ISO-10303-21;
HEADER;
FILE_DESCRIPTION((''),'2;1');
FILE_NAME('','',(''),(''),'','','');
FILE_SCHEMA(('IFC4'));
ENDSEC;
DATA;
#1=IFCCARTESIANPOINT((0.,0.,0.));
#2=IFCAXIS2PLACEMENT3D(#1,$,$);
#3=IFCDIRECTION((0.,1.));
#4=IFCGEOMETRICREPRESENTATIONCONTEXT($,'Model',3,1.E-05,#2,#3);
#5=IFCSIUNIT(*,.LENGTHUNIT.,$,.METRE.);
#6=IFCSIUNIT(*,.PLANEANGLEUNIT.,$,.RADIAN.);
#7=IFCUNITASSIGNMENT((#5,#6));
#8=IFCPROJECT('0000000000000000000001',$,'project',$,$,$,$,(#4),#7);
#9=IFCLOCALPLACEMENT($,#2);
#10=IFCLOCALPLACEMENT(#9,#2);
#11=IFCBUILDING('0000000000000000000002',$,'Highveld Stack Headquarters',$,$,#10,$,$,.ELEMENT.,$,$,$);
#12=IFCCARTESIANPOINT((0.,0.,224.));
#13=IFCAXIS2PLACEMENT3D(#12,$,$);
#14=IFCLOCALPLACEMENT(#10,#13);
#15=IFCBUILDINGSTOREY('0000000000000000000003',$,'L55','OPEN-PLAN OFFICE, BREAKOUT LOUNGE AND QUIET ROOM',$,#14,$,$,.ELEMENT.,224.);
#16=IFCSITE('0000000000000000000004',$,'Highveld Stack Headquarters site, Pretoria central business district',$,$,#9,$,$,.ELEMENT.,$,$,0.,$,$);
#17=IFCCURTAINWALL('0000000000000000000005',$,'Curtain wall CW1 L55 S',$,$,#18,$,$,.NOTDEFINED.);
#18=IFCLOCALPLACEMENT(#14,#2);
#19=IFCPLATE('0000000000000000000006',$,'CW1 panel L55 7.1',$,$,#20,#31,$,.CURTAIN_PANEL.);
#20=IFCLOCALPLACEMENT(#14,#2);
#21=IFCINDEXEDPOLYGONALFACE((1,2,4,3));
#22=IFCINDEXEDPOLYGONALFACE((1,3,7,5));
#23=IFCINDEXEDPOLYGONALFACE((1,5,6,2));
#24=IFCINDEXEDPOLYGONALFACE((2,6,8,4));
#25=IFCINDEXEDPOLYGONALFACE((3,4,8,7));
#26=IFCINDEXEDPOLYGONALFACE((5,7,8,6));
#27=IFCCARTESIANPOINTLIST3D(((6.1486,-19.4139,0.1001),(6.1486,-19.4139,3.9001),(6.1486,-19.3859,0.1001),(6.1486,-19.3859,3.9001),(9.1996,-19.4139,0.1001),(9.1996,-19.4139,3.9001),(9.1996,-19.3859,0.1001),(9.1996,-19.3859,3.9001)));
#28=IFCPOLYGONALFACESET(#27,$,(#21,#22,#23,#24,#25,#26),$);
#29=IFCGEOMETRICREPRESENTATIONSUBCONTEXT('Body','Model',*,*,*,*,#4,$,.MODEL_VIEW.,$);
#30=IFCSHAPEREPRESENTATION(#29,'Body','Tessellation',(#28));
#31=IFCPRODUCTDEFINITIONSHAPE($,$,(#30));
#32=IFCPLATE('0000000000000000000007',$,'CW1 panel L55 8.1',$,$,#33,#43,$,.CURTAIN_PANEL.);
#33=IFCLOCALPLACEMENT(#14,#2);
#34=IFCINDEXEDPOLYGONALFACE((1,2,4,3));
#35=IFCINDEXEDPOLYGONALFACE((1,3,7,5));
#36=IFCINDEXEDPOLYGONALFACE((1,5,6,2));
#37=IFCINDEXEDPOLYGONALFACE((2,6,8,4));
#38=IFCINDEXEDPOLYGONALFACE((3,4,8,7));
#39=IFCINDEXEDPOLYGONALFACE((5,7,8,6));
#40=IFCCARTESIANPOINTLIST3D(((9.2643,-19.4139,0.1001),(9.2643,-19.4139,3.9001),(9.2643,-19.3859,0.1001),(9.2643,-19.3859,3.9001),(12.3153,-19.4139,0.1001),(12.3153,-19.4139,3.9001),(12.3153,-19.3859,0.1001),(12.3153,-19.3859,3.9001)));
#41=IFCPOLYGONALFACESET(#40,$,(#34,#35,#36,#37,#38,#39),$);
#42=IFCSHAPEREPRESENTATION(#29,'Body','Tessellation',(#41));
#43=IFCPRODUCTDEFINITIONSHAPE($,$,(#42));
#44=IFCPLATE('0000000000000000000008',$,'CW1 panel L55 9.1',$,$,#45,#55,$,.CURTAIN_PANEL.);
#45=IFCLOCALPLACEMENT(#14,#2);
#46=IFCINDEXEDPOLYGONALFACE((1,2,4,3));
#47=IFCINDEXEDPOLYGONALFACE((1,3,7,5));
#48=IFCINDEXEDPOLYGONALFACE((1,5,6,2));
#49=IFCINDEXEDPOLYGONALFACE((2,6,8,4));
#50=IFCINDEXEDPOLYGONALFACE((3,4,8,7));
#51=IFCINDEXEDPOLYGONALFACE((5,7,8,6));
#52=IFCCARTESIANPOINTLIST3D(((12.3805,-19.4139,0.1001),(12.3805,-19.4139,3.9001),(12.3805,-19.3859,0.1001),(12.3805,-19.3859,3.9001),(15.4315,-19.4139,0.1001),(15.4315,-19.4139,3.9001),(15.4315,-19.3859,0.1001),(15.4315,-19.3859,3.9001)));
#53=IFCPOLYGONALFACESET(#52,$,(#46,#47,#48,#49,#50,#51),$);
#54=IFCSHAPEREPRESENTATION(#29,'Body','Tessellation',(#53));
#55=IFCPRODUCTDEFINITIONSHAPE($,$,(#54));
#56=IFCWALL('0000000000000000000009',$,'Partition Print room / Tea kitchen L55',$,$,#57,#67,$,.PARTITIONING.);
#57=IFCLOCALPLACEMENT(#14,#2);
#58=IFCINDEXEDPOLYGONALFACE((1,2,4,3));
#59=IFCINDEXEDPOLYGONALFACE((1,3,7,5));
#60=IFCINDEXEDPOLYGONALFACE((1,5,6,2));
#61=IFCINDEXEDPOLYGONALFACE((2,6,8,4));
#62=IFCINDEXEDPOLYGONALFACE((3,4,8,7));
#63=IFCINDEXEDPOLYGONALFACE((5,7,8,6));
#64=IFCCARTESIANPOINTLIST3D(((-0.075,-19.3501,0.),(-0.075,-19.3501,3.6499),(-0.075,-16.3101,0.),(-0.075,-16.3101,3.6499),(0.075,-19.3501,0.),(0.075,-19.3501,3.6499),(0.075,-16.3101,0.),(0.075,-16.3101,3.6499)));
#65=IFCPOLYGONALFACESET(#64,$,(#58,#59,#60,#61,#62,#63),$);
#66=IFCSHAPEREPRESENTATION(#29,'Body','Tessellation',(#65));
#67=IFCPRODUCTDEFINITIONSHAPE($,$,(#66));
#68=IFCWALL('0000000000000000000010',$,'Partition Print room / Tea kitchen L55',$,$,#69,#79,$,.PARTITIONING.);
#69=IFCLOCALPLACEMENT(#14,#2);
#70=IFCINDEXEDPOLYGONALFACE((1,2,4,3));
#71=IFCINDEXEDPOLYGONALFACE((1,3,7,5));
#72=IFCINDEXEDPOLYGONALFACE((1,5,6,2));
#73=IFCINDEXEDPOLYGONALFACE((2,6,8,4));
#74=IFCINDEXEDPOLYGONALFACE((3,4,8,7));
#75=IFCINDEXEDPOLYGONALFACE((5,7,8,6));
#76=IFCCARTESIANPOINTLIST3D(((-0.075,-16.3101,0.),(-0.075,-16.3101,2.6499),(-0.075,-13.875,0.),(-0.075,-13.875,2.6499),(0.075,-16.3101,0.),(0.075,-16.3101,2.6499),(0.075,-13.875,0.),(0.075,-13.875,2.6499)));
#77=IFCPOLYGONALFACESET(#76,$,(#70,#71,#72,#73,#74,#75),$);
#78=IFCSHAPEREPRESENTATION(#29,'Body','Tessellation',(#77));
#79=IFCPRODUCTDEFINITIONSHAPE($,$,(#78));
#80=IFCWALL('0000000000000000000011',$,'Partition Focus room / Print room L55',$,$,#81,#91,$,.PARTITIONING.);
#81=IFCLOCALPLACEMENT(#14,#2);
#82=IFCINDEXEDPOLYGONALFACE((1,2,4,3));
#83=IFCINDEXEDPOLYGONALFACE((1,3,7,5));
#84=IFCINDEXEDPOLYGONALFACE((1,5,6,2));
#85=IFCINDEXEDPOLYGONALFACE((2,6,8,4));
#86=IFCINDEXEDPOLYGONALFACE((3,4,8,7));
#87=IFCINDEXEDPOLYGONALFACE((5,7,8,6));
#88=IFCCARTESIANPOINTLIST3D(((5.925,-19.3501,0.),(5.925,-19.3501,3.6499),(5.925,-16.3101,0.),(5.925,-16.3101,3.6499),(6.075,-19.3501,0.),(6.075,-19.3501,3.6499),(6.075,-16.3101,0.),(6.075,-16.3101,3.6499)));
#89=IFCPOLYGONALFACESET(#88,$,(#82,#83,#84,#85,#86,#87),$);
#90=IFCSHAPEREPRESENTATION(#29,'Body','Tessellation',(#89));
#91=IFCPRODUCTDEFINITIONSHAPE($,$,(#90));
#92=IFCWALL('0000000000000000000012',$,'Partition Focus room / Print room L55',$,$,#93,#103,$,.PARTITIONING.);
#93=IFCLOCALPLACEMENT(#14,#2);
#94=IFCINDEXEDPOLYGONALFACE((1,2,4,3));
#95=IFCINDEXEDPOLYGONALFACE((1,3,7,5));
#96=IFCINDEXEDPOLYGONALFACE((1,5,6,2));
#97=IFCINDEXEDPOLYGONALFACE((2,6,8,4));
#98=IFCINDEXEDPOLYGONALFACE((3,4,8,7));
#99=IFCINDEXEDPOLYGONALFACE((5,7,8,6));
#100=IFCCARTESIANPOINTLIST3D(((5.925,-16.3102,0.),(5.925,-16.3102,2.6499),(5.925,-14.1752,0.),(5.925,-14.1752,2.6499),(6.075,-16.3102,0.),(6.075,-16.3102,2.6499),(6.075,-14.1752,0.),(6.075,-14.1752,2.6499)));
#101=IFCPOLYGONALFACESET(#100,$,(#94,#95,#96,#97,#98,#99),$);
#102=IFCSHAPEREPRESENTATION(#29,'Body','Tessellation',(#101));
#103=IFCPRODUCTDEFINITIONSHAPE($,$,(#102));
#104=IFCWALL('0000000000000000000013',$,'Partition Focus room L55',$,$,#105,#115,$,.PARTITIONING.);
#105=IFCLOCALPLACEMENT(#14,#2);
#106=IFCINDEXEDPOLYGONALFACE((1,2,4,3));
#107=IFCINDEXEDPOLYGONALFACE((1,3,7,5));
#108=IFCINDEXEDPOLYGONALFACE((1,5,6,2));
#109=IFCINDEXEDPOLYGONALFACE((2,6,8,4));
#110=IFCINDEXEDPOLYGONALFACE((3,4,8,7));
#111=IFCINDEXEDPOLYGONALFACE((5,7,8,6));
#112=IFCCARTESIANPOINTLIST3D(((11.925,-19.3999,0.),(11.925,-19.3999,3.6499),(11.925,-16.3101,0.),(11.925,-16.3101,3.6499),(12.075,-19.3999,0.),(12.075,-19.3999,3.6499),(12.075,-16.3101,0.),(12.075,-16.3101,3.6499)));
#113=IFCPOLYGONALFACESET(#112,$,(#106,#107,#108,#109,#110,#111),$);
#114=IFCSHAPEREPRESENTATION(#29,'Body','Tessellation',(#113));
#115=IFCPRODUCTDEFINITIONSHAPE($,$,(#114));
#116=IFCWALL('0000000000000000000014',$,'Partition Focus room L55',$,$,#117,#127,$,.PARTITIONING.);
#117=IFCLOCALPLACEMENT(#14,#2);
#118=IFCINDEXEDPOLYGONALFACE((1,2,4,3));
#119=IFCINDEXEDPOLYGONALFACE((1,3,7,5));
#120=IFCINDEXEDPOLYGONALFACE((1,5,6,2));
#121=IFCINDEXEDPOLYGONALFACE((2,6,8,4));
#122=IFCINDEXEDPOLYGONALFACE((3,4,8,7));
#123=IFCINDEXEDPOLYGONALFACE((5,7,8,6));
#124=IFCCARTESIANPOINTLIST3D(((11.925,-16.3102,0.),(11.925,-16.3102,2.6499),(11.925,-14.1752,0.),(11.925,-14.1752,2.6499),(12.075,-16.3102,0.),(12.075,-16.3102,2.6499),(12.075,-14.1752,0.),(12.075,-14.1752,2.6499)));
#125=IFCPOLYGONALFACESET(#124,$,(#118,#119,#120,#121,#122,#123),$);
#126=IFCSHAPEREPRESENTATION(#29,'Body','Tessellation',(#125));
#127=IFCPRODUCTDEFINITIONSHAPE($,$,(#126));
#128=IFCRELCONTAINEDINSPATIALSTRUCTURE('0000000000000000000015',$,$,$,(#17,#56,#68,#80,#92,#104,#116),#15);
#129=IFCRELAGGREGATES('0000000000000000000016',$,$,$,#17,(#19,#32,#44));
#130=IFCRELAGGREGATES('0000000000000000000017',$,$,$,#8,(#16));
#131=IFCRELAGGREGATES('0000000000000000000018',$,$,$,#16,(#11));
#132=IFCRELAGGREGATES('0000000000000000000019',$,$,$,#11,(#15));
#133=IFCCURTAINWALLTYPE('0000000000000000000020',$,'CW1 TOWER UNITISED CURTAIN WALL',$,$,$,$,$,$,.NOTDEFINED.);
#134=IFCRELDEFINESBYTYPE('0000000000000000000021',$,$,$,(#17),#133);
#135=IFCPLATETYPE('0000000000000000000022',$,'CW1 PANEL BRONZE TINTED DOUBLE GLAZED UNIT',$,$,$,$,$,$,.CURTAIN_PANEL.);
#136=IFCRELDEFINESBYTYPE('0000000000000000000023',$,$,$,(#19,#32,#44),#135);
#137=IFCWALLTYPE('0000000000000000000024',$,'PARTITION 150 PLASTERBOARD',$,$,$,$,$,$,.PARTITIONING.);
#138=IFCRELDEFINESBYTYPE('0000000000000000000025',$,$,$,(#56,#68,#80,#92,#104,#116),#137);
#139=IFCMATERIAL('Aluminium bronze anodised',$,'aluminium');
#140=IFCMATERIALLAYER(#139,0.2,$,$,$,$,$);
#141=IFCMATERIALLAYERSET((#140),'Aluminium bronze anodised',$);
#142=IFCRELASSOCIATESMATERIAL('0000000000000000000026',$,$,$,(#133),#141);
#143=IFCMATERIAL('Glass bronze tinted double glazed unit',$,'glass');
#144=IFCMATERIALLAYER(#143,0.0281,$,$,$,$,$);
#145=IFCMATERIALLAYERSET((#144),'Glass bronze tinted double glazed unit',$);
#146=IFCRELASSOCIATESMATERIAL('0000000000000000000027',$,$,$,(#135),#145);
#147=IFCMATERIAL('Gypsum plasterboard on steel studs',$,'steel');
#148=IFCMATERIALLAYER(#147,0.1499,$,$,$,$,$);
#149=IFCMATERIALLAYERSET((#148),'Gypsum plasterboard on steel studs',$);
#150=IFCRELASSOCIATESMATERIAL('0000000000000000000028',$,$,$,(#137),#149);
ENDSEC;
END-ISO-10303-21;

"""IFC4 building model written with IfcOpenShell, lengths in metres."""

from ifc_helpers import new_model, si_unit, direction, frame, frame_2d, origin, origin_2d, place, context, subcontext, project, spatial, rectangle, extrude, material, layer, layer_set, type_object, element, aggregate, save


model = new_model("IFC4")

# Units and contexts
model_context = context("Model", 3, precision=1e-05, world=origin(), true_north=direction((0.0, 1.0)))
body_context = subcontext(model_context, "Body", "Model", "MODEL_VIEW")
ifc_project = project(units=[si_unit("LENGTHUNIT", "METRE"), si_unit("PLANEANGLEUNIT", "RADIAN")], contexts=[model_context])

# Site, building, storey
site_placement = place(None, origin())
site = spatial("IfcSite", under=ifc_project, at=site_placement, Name="Highveld Stack Headquarters site, Pretoria central business district", CompositionType="ELEMENT", RefElevation=0.0)
building_placement = place(site_placement, origin())
building = spatial("IfcBuilding", under=site, at=building_placement, Name="Highveld Stack Headquarters", CompositionType="ELEMENT")
storey_placement = place(building_placement, frame((0.0, 0.0, 224.0)))
storey = spatial("IfcBuildingStorey", under=building, at=storey_placement, Name="L55", Description="OPEN-PLAN OFFICE, BREAKOUT LOUNGE AND QUIET ROOM", CompositionType="ELEMENT", Elevation=224.0)

# Curtain wall, plates
ifc_material_1 = material(Name="Aluminium bronze anodised", Category="aluminium")
ifc_layer_1 = layer(ifc_material_1, 0.2)
ifc_layer_set_1 = layer_set([ifc_layer_1], Name="Aluminium bronze anodised")
curtain_wall_type = type_object("IfcCurtainWallType", Name="CW1 TOWER UNITISED CURTAIN WALL", PredefinedType="NOTDEFINED", material=ifc_layer_set_1)
curtain_wall_placement = place(storey_placement, origin())
curtain_wall = element("IfcCurtainWall", 1, at=curtain_wall_placement, inside=storey, type_object=curtain_wall_type, Name="Curtain wall CW1 L55 S", PredefinedType="NOTDEFINED")
ifc_material_2 = material(Name="Glass bronze tinted double glazed unit", Category="glass")
ifc_layer_2 = layer(ifc_material_2, 0.0281)
ifc_layer_set_2 = layer_set([ifc_layer_2], Name="Glass bronze tinted double glazed unit")
plate_type = type_object("IfcPlateType", Name="CW1 PANEL BRONZE TINTED DOUBLE GLAZED UNIT", PredefinedType="CURTAIN_PANEL", material=ifc_layer_set_2)
plate_1_placement = place(storey_placement, frame((7.6741, -19.3999, 0.1001), z_axis=(0.0, 0.0, 1.0), x_axis=(1.0, 0.0, 0.0)))
plate_1 = element("IfcPlate", 2, at=plate_1_placement, type_object=plate_type, Name="CW1 panel L55 7.1", PredefinedType="CURTAIN_PANEL", context=body_context, shape_type="SweptSolid", body=[
    extrude(rectangle(XDim=3.051, YDim=0.0281, at=origin_2d()), origin(), (0.0, 0.0, 1.0), 3.8),
])
plate_2_placement = place(storey_placement, frame((10.7898, -19.3999, 0.1001), z_axis=(0.0, 0.0, 1.0), x_axis=(1.0, 0.0, 0.0)))
plate_2 = element("IfcPlate", 3, at=plate_2_placement, type_object=plate_type, Name="CW1 panel L55 8.1", PredefinedType="CURTAIN_PANEL", context=body_context, shape_type="SweptSolid", body=[
    extrude(rectangle(XDim=3.051, YDim=0.0281, at=origin_2d()), origin(), (0.0, 0.0, 1.0), 3.8),
])
plate_3_placement = place(storey_placement, frame((13.906, -19.3999, 0.1001), z_axis=(0.0, 0.0, 1.0), x_axis=(1.0, 0.0, 0.0)))
plate_3 = element("IfcPlate", 4, at=plate_3_placement, type_object=plate_type, Name="CW1 panel L55 9.1", PredefinedType="CURTAIN_PANEL", context=body_context, shape_type="SweptSolid", body=[
    extrude(rectangle(XDim=3.051, YDim=0.0281, at=origin_2d()), origin(), (0.0, 0.0, 1.0), 3.8),
])
aggregate(curtain_wall, [plate_1, plate_2, plate_3])

# Walls
ifc_material_3 = material(Name="Gypsum plasterboard on steel studs", Category="steel")
ifc_layer_3 = layer(ifc_material_3, 0.1499)
ifc_layer_set_3 = layer_set([ifc_layer_3], Name="Gypsum plasterboard on steel studs")
wall_type = type_object("IfcWallType", Name="PARTITION 150 PLASTERBOARD", PredefinedType="PARTITIONING", material=ifc_layer_set_3)
wall_1_placement = place(storey_placement, frame((0.0, -19.3501, 0.0), z_axis=(0.0, 0.0, 1.0), x_axis=(0.0, 1.0, 0.0)))
element("IfcWall", 5, at=wall_1_placement, inside=storey, type_object=wall_type, Name="Partition Print room / Tea kitchen L55", PredefinedType="PARTITIONING", context=body_context, shape_type="SweptSolid", body=[
    extrude(rectangle(XDim=3.04, YDim=0.1499, at=frame_2d((1.52, 0.0))), origin(), (0.0, 0.0, 1.0), 3.6499),
])
wall_2_placement = place(storey_placement, frame((0.0, -16.3101, 0.0), z_axis=(0.0, 0.0, 1.0), x_axis=(0.0, 1.0, 0.0)))
element("IfcWall", 6, at=wall_2_placement, inside=storey, type_object=wall_type, Name="Partition Print room / Tea kitchen L55", PredefinedType="PARTITIONING", context=body_context, shape_type="SweptSolid", body=[
    extrude(rectangle(XDim=2.4351, YDim=0.1499, at=frame_2d((1.2175, 0.0))), origin(), (0.0, 0.0, 1.0), 2.6499),
])
wall_3_placement = place(storey_placement, frame((6.0, -19.3501, 0.0), z_axis=(0.0, 0.0, 1.0), x_axis=(0.0, 1.0, 0.0)))
element("IfcWall", 7, at=wall_3_placement, inside=storey, type_object=wall_type, Name="Partition Focus room / Print room L55", PredefinedType="PARTITIONING", context=body_context, shape_type="SweptSolid", body=[
    extrude(rectangle(XDim=3.04, YDim=0.1499, at=frame_2d((1.52, 0.0))), origin(), (0.0, 0.0, 1.0), 3.6499),
])
wall_4_placement = place(storey_placement, frame((6.0, -16.3101, 0.0), z_axis=(0.0, 0.0, 1.0), x_axis=(0.0, 1.0, 0.0)))
element("IfcWall", 8, at=wall_4_placement, inside=storey, type_object=wall_type, Name="Partition Focus room / Print room L55", PredefinedType="PARTITIONING", context=body_context, shape_type="SweptSolid", body=[
    extrude(rectangle(XDim=2.135, YDim=0.1499, at=frame_2d((1.0674, 0.0))), origin(), (0.0, 0.0, 1.0), 2.6499),
])
wall_5_placement = place(storey_placement, frame((12.0, -19.3999, 0.0), z_axis=(0.0, 0.0, 1.0), x_axis=(0.0, 1.0, 0.0)))
element("IfcWall", 9, at=wall_5_placement, inside=storey, type_object=wall_type, Name="Partition Focus room L55", PredefinedType="PARTITIONING", context=body_context, shape_type="SweptSolid", body=[
    extrude(rectangle(XDim=3.0898, YDim=0.1499, at=frame_2d((1.5449, 0.0))), origin(), (0.0, 0.0, 1.0), 3.6499),
])
wall_6_placement = place(storey_placement, frame((12.0, -16.3101, 0.0), z_axis=(0.0, 0.0, 1.0), x_axis=(0.0, 1.0, 0.0)))
element("IfcWall", 10, at=wall_6_placement, inside=storey, type_object=wall_type, Name="Partition Focus room L55", PredefinedType="PARTITIONING", context=body_context, shape_type="SweptSolid", body=[
    extrude(rectangle(XDim=2.135, YDim=0.1499, at=frame_2d((1.0674, 0.0))), origin(), (0.0, 0.0, 1.0), 2.6499),
])

save(model, "model.ifc")
